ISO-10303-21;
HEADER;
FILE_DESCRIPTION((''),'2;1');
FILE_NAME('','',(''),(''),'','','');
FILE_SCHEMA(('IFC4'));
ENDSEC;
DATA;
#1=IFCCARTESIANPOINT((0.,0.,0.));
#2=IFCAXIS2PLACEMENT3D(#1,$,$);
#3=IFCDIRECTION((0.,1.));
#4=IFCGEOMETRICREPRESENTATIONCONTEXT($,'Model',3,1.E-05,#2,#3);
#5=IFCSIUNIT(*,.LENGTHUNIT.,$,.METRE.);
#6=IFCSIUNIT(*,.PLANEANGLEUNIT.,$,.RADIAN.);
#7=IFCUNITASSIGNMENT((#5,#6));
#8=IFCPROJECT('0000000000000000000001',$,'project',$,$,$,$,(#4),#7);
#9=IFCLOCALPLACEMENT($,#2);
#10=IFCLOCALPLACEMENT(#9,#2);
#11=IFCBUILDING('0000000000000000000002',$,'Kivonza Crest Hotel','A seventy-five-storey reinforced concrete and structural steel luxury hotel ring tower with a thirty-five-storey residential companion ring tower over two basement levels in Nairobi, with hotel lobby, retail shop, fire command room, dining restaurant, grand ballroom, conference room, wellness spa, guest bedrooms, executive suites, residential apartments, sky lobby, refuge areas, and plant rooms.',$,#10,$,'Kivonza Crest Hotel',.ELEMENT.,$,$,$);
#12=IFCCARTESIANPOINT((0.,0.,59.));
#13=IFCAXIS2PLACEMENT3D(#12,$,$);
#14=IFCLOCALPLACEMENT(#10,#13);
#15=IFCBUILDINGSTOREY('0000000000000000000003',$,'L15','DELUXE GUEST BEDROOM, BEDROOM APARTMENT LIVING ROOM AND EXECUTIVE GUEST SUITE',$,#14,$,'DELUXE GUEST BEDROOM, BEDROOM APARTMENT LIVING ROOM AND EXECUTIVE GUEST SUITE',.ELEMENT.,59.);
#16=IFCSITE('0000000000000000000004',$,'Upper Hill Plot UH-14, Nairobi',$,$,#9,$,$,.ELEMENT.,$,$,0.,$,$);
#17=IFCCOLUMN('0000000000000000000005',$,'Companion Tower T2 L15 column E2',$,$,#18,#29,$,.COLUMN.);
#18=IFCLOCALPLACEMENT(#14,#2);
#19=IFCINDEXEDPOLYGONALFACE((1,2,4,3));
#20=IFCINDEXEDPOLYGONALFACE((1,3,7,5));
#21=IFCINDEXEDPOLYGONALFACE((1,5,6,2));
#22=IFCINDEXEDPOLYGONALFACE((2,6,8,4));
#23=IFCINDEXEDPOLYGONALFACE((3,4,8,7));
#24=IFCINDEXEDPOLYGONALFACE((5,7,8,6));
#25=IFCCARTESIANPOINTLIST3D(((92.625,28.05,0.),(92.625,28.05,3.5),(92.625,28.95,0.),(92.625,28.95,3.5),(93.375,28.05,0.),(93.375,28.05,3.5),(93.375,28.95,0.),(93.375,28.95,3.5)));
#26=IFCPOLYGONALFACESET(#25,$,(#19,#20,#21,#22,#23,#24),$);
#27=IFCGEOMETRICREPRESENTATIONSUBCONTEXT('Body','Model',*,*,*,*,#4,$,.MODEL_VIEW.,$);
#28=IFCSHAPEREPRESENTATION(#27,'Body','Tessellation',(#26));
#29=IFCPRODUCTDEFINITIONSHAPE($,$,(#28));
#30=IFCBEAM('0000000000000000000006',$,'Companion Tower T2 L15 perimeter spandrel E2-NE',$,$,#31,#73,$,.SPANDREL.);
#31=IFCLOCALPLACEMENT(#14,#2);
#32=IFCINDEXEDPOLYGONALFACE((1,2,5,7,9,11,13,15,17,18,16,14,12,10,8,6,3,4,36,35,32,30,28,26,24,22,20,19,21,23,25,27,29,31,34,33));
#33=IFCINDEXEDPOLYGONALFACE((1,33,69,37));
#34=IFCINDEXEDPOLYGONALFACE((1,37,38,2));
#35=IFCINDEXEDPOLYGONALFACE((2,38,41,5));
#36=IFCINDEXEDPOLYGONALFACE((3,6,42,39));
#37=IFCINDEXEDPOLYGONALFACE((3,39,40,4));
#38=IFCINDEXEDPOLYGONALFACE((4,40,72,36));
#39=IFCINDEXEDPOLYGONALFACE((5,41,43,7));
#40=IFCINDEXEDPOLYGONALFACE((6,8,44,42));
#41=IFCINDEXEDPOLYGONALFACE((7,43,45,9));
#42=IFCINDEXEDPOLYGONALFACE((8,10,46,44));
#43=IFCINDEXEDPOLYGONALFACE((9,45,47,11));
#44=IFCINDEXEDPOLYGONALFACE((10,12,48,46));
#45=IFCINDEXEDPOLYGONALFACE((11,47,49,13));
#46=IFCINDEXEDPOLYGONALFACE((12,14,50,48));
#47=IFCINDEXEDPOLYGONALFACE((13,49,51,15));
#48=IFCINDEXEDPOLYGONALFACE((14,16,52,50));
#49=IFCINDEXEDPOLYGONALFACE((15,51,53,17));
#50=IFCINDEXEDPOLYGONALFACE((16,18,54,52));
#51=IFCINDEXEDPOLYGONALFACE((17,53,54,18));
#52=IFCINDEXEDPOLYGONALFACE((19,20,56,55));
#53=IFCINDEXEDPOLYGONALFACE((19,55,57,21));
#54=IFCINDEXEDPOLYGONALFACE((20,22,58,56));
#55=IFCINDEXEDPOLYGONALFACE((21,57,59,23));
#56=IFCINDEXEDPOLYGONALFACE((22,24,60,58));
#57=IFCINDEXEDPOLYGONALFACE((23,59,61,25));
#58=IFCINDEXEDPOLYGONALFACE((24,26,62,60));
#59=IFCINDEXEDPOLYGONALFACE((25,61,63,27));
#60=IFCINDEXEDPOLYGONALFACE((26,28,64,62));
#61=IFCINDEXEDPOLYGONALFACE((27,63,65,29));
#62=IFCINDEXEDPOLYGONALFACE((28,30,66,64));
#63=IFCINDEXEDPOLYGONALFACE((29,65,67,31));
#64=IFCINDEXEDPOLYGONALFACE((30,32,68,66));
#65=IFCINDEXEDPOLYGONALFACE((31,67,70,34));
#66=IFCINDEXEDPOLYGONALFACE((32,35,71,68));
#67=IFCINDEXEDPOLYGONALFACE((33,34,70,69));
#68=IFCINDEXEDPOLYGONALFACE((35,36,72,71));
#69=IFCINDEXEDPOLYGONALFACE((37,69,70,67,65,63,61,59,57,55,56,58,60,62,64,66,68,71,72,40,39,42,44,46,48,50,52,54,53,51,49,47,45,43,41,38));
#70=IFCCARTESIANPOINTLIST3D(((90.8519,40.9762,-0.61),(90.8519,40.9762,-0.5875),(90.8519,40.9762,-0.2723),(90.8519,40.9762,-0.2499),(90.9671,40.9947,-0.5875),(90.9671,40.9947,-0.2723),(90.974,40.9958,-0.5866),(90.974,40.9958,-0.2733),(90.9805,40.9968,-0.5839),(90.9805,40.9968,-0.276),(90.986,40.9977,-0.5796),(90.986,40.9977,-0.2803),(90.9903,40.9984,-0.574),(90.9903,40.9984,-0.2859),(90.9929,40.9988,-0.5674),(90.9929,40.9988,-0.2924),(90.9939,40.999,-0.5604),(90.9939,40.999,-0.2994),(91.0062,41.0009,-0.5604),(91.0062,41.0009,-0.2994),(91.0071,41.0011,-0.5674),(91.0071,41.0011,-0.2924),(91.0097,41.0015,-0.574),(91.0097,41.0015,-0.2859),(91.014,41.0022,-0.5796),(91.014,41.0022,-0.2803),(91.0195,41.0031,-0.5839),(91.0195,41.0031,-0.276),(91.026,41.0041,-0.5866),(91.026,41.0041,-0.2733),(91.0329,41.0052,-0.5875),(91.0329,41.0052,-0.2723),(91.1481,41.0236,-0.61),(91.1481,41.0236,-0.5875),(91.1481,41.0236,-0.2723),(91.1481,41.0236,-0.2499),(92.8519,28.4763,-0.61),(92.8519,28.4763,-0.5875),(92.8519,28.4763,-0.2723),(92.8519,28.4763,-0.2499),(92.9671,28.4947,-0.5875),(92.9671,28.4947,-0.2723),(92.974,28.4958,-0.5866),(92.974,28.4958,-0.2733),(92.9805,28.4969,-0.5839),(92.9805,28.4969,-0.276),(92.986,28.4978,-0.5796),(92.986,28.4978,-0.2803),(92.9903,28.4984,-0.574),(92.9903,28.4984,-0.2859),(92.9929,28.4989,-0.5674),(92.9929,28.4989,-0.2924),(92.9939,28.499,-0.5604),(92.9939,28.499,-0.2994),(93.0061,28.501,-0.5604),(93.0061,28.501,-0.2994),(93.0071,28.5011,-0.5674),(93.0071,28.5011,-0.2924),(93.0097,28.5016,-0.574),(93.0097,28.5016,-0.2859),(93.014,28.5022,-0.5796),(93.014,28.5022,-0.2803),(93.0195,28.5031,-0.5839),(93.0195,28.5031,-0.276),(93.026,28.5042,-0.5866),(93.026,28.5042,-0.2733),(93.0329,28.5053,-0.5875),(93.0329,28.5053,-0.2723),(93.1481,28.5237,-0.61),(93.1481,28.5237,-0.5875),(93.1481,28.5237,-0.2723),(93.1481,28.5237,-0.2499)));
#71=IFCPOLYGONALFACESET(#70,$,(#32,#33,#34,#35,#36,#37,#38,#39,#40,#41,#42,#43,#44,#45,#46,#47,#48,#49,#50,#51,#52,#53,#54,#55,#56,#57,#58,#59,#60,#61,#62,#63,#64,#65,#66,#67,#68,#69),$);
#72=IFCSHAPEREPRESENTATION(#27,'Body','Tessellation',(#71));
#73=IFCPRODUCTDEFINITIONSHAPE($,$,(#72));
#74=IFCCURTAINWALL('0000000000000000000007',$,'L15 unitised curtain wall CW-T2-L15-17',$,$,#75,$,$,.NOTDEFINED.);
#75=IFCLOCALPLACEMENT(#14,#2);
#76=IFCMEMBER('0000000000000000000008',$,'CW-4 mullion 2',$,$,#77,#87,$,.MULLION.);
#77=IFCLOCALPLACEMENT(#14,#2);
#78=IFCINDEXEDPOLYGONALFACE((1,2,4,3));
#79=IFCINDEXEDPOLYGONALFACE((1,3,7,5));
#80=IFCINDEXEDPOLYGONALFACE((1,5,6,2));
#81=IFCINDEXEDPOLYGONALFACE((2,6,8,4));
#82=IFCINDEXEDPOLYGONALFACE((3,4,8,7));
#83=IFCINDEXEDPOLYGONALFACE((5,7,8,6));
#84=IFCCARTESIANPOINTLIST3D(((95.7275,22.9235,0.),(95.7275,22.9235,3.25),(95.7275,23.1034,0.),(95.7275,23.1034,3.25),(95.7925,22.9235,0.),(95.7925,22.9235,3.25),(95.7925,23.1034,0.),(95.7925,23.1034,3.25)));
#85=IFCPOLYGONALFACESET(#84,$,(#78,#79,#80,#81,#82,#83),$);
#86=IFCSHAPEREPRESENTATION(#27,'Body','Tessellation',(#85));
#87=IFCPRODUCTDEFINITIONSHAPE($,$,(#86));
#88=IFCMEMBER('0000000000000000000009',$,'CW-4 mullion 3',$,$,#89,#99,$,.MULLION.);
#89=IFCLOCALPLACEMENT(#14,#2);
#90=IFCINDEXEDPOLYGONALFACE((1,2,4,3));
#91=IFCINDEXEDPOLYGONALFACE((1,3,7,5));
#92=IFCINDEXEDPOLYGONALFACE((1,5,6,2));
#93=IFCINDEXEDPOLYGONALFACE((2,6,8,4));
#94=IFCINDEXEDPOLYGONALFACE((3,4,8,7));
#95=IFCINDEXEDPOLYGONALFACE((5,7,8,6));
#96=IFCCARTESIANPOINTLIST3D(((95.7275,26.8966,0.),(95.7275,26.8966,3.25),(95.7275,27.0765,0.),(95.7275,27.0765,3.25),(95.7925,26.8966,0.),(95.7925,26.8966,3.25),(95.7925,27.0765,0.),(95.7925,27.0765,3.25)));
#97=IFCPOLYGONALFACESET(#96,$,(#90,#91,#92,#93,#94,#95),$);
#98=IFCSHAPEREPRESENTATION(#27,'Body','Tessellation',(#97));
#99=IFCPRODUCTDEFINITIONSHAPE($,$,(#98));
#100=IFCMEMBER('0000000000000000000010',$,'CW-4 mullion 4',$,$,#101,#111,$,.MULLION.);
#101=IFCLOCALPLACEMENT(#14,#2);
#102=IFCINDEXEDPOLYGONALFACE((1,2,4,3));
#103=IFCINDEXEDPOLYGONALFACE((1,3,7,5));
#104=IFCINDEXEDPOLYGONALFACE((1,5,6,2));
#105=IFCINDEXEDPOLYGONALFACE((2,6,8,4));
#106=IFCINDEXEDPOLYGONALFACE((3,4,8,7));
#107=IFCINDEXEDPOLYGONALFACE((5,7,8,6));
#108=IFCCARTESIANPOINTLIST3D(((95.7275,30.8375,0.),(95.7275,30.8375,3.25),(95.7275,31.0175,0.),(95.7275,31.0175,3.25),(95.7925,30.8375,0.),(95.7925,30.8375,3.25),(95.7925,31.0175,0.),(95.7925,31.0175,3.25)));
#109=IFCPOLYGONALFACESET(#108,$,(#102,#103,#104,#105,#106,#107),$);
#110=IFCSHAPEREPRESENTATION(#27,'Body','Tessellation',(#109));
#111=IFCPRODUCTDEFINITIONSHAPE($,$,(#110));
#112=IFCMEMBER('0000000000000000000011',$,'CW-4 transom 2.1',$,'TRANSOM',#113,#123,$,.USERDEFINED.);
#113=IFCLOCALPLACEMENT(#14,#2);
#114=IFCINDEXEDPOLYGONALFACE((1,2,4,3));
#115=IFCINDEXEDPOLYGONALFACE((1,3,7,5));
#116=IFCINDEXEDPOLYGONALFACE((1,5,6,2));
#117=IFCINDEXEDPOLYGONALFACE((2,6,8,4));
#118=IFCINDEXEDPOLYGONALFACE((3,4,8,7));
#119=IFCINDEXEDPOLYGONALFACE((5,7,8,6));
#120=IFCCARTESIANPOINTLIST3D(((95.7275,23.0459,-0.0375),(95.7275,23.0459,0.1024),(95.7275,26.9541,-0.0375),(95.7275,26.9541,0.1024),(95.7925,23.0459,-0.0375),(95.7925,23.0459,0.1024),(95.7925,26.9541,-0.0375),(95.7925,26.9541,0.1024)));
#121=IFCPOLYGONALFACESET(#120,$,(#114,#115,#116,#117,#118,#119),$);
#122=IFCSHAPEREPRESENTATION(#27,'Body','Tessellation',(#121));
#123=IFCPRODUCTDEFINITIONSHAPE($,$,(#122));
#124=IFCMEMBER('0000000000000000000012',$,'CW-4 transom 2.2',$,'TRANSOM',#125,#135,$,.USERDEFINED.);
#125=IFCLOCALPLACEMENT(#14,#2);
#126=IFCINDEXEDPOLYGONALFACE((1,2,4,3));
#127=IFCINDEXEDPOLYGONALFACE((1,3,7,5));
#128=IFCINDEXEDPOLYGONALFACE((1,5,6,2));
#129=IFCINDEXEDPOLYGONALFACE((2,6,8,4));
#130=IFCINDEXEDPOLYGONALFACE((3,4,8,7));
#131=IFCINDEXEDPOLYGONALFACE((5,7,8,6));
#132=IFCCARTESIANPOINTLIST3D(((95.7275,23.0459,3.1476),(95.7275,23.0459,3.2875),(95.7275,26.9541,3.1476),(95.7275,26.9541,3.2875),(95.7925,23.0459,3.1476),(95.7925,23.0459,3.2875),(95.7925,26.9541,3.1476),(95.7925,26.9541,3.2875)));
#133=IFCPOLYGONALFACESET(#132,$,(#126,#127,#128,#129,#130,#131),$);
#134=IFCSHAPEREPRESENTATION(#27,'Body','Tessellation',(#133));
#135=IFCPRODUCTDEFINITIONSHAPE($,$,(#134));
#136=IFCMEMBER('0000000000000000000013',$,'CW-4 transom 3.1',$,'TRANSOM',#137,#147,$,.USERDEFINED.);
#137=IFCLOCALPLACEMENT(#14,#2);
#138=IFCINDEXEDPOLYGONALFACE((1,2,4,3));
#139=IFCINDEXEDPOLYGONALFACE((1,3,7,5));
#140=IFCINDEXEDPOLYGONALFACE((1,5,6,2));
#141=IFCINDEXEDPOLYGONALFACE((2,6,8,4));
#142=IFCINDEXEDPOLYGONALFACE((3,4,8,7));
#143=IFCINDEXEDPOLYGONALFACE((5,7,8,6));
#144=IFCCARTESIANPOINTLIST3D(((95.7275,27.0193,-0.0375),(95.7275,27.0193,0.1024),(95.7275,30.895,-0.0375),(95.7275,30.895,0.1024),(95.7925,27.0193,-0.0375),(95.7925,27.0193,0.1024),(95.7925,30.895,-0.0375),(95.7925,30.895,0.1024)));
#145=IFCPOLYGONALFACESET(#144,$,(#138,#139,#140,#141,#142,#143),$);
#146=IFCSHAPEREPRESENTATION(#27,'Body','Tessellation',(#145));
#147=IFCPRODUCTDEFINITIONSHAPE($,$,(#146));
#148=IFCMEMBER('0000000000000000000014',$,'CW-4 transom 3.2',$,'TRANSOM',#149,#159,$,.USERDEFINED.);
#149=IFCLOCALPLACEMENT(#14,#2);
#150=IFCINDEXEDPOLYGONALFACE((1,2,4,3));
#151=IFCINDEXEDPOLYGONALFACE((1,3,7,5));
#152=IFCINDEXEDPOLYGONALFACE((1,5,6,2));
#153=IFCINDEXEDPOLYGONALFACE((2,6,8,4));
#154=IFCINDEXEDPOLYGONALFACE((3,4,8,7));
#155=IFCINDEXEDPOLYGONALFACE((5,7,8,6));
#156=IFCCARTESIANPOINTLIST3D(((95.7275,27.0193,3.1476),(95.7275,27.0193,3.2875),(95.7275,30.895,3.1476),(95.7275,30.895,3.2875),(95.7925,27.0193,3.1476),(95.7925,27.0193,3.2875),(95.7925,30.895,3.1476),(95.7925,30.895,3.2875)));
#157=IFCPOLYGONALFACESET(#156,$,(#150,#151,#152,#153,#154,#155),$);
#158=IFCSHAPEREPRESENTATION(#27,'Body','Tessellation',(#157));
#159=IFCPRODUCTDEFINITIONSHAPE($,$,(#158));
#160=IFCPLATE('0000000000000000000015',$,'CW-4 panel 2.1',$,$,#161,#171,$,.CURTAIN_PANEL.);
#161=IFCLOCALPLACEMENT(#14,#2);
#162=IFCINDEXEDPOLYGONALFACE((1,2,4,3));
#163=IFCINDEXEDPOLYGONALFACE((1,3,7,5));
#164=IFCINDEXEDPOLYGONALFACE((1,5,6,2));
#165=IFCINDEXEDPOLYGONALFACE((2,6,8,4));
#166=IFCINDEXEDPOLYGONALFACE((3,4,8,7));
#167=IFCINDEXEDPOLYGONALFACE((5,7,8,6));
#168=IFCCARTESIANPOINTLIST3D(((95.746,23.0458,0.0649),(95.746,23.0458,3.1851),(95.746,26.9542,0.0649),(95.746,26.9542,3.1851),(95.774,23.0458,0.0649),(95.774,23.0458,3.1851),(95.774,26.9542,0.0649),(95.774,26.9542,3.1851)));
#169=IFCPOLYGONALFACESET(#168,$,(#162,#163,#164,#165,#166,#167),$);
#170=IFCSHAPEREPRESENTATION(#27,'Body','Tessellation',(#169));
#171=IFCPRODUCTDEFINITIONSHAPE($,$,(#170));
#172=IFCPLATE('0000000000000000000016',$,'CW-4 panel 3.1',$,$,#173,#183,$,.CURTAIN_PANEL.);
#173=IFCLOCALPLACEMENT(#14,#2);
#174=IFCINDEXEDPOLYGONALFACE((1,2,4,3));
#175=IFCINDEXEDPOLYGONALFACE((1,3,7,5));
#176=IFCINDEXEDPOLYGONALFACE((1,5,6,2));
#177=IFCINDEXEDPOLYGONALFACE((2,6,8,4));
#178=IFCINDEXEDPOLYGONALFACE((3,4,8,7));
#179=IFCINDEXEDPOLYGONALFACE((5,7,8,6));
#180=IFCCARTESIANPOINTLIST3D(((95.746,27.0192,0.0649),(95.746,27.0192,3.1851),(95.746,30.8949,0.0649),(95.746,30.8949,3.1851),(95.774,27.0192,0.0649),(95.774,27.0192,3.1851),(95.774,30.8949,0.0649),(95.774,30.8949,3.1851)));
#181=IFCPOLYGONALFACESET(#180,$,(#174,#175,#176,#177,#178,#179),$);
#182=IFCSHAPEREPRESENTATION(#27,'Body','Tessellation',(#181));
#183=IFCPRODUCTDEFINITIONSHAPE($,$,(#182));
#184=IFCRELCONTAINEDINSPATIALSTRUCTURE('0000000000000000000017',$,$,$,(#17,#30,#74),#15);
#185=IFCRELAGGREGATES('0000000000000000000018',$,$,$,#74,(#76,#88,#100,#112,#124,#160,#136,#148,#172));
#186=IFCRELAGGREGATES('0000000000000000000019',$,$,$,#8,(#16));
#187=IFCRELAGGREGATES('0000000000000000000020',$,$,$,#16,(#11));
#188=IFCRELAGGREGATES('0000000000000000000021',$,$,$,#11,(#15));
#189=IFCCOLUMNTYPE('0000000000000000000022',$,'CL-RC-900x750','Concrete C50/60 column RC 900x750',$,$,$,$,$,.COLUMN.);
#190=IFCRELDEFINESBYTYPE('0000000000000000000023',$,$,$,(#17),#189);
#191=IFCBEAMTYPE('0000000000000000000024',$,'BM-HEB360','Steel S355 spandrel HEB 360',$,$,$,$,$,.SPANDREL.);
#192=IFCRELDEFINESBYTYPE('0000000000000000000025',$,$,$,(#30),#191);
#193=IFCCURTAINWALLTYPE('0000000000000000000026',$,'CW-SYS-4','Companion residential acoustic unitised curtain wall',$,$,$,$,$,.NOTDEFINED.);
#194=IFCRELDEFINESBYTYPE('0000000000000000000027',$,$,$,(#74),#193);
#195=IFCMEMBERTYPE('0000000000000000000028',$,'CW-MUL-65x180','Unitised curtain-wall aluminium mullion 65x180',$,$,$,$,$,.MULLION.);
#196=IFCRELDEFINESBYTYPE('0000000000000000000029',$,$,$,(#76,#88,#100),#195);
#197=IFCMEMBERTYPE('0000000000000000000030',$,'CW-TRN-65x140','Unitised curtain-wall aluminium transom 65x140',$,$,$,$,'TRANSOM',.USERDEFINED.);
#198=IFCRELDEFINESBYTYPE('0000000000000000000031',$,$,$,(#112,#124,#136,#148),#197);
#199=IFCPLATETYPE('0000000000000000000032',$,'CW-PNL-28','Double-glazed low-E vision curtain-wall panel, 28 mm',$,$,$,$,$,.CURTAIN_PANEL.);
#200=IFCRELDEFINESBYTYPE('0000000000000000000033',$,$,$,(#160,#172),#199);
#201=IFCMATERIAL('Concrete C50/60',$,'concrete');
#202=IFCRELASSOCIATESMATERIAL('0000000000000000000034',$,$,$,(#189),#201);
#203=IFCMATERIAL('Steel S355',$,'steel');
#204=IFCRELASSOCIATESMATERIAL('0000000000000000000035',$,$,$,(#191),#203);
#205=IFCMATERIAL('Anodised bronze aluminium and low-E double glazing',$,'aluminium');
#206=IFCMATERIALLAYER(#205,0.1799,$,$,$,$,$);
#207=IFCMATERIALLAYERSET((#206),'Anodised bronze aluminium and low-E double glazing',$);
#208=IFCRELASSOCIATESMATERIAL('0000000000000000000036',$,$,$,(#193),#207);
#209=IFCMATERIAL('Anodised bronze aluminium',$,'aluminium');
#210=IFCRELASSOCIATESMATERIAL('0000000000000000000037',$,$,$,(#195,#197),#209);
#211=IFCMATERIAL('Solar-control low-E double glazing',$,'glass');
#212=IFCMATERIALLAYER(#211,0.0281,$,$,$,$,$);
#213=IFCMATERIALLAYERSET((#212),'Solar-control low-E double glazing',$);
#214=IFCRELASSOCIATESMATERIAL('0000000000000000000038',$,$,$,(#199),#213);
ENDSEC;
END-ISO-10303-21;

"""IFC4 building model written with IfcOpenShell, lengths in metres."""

from ifc_helpers import new_model, si_unit, direction, frame, origin, origin_2d, place, context, subcontext, project, spatial, rectangle, i_section, extrude, material, layer, layer_set, material_profile, profile_set, type_object, element, aggregate, save


model = new_model("IFC4")

# Units and contexts
model_context = context("Model", 3, precision=1e-05, world=origin(), true_north=direction((0.0, 1.0)))
body_context = subcontext(model_context, "Body", "Model", "MODEL_VIEW")
ifc_project = project(units=[si_unit("LENGTHUNIT", "METRE"), si_unit("PLANEANGLEUNIT", "RADIAN")], contexts=[model_context])

# Site, building, storey
site_placement = place(None, origin())
site = spatial("IfcSite", under=ifc_project, at=site_placement, Name="Upper Hill Plot UH-14, Nairobi", CompositionType="ELEMENT", RefElevation=0.0)
building_placement = place(site_placement, origin())
building = spatial("IfcBuilding", under=site, at=building_placement, Name="Kivonza Crest Hotel", Description="A seventy-five-storey reinforced concrete and structural steel luxury hotel ring tower with a thirty-five-storey residential companion ring tower over two basement levels in Nairobi, with hotel lobby, retail shop, fire command room, dining restaurant, grand ballroom, conference room, wellness spa, guest bedrooms, executive suites, residential apartments, sky lobby, refuge areas, and plant rooms.", LongName="Kivonza Crest Hotel", CompositionType="ELEMENT")
storey_placement = place(building_placement, frame((0.0, 0.0, 59.0)))
storey = spatial("IfcBuildingStorey", under=building, at=storey_placement, Name="L15", Description="DELUXE GUEST BEDROOM, BEDROOM APARTMENT LIVING ROOM AND EXECUTIVE GUEST SUITE", LongName="DELUXE GUEST BEDROOM, BEDROOM APARTMENT LIVING ROOM AND EXECUTIVE GUEST SUITE", CompositionType="ELEMENT", Elevation=59.0)

# Column
ifc_material_1 = material(Name="Concrete C50/60", Category="concrete")
ifc_material_profile_1 = material_profile(ifc_material_1, rectangle(XDim=0.75, YDim=0.8999, at=origin_2d()), Name="RC 900x750")
ifc_profile_set_1 = profile_set([ifc_material_profile_1], Name="Concrete C50/60")
column_type = type_object("IfcColumnType", Name="CL-RC-900x750", Description="Concrete C50/60 column RC 900x750", PredefinedType="COLUMN", material=ifc_profile_set_1)
column_placement = place(storey_placement, frame((93.0, 28.5, 0.0), z_axis=(0.0, 0.0, 1.0), x_axis=(1.0, 0.0, 0.0)))
element("IfcColumn", 1, at=column_placement, inside=storey, type_object=column_type, Name="Companion Tower T2 L15 column E2", PredefinedType="COLUMN", context=body_context, shape_type="SweptSolid", body=[
    extrude(rectangle(XDim=0.75, YDim=0.8999, at=origin_2d()), origin(), (0.0, 0.0, 1.0), 3.5),
])

# Beam
ifc_material_2 = material(Name="Steel S355", Category="steel")
ifc_material_profile_2 = material_profile(ifc_material_2, i_section(OverallWidth=0.3, OverallDepth=0.3601, WebThickness=0.0125, FlangeThickness=0.0225, FilletRadius=0.0271, at=origin_2d()), Name="HEB 360")
ifc_profile_set_2 = profile_set([ifc_material_profile_2], Name="Steel S355")
beam_type = type_object("IfcBeamType", Name="BM-HEB360", Description="Steel S355 spandrel HEB 360", PredefinedType="SPANDREL", material=ifc_profile_set_2)
beam_placement = place(storey_placement, frame((93.0, 28.5, -0.4299), z_axis=(-0.157991, 0.987441, 0.0), x_axis=(-0.987441, -0.157991, 0.0)))
element("IfcBeam", 2, at=beam_placement, inside=storey, type_object=beam_type, Name="Companion Tower T2 L15 perimeter spandrel E2-NE", PredefinedType="SPANDREL", context=body_context, shape_type="SweptSolid", body=[
    extrude(i_section(OverallWidth=0.3, OverallDepth=0.3601, WebThickness=0.0125, FlangeThickness=0.0225, FilletRadius=0.0271, at=origin_2d()), origin(), (0.0, 0.0, 1.0), 12.6589),
])

# Curtain wall, members, plates
ifc_material_3 = material(Name="Anodised bronze aluminium and low-E double glazing", Category="aluminium")
ifc_layer_1 = layer(ifc_material_3, 0.1799)
ifc_layer_set_1 = layer_set([ifc_layer_1], Name="Anodised bronze aluminium and low-E double glazing")
curtain_wall_type = type_object("IfcCurtainWallType", Name="CW-SYS-4", Description="Companion residential acoustic unitised curtain wall", PredefinedType="NOTDEFINED", material=ifc_layer_set_1)
curtain_wall_placement = place(storey_placement, origin())
curtain_wall = element("IfcCurtainWall", 3, at=curtain_wall_placement, inside=storey, type_object=curtain_wall_type, Name="L15 unitised curtain wall CW-T2-L15-17", PredefinedType="NOTDEFINED")
ifc_material_4 = material(Name="Anodised bronze aluminium", Category="aluminium")
ifc_material_profile_3 = material_profile(ifc_material_4, rectangle(XDim=0.0649, YDim=0.1799, at=origin_2d()), Name="CW-M 65x180")
ifc_profile_set_3 = profile_set([ifc_material_profile_3], Name="Anodised bronze aluminium")
member_type_1 = type_object("IfcMemberType", Name="CW-MUL-65x180", Description="Unitised curtain-wall aluminium mullion 65x180", PredefinedType="MULLION", material=ifc_profile_set_3)
member_1_placement = place(storey_placement, frame((95.76, 23.0134, 0.0), z_axis=(0.0, 0.0, 1.0), x_axis=(-1.0, 0.0, 0.0)))
member_1 = element("IfcMember", 4, at=member_1_placement, type_object=member_type_1, Name="CW-4 mullion 2", PredefinedType="MULLION", context=body_context, shape_type="SweptSolid", body=[
    extrude(rectangle(XDim=0.0649, YDim=0.1799, at=origin_2d()), origin(), (0.0, 0.0, 1.0), 3.25),
])
member_2_placement = place(storey_placement, frame((95.76, 26.9866, 0.0), z_axis=(0.0, 0.0, 1.0), x_axis=(-1.0, 0.0, 0.0)))
member_2 = element("IfcMember", 5, at=member_2_placement, type_object=member_type_1, Name="CW-4 mullion 3", PredefinedType="MULLION", context=body_context, shape_type="SweptSolid", body=[
    extrude(rectangle(XDim=0.0649, YDim=0.1799, at=origin_2d()), origin(), (0.0, 0.0, 1.0), 3.25),
])
member_3_placement = place(storey_placement, frame((95.76, 30.9275, 0.0), z_axis=(0.0, 0.0, 1.0), x_axis=(-1.0, 0.0, 0.0)))
member_3 = element("IfcMember", 6, at=member_3_placement, type_object=member_type_1, Name="CW-4 mullion 4", PredefinedType="MULLION", context=body_context, shape_type="SweptSolid", body=[
    extrude(rectangle(XDim=0.0649, YDim=0.1799, at=origin_2d()), origin(), (0.0, 0.0, 1.0), 3.25),
])
ifc_material_profile_4 = material_profile(ifc_material_4, rectangle(XDim=0.0649, YDim=0.1399, at=origin_2d()), Name="CW-T 65x140")
ifc_profile_set_4 = profile_set([ifc_material_profile_4], Name="Anodised bronze aluminium")
member_type_2 = type_object("IfcMemberType", Name="CW-TRN-65x140", Description="Unitised curtain-wall aluminium transom 65x140", ElementType="TRANSOM", PredefinedType="USERDEFINED", material=ifc_profile_set_4)
member_4_placement = place(storey_placement, frame((95.76, 23.0459, 0.0325), z_axis=(0.0, 1.0, 0.0), x_axis=(-1.0, 0.0, 0.0)))
member_4 = element("IfcMember", 7, at=member_4_placement, type_object=member_type_2, Name="CW-4 transom 2.1", ObjectType="TRANSOM", PredefinedType="USERDEFINED", context=body_context, shape_type="SweptSolid", body=[
    extrude(rectangle(XDim=0.0649, YDim=0.1399, at=origin_2d()), origin(), (0.0, 0.0, 1.0), 3.9082),
])
member_5_placement = place(storey_placement, frame((95.76, 23.0459, 3.2175), z_axis=(0.0, 1.0, 0.0), x_axis=(-1.0, 0.0, 0.0)))
member_5 = element("IfcMember", 8, at=member_5_placement, type_object=member_type_2, Name="CW-4 transom 2.2", ObjectType="TRANSOM", PredefinedType="USERDEFINED", context=body_context, shape_type="SweptSolid", body=[
    extrude(rectangle(XDim=0.0649, YDim=0.1399, at=origin_2d()), origin(), (0.0, 0.0, 1.0), 3.9082),
])
member_6_placement = place(storey_placement, frame((95.76, 27.0193, 0.0325), z_axis=(0.0, 1.0, 0.0), x_axis=(-1.0, 0.0, 0.0)))
member_6 = element("IfcMember", 9, at=member_6_placement, type_object=member_type_2, Name="CW-4 transom 3.1", ObjectType="TRANSOM", PredefinedType="USERDEFINED", context=body_context, shape_type="SweptSolid", body=[
    extrude(rectangle(XDim=0.0649, YDim=0.1399, at=origin_2d()), origin(), (0.0, 0.0, 1.0), 3.8757),
])
member_7_placement = place(storey_placement, frame((95.76, 27.0193, 3.2175), z_axis=(0.0, 1.0, 0.0), x_axis=(-1.0, 0.0, 0.0)))
member_7 = element("IfcMember", 10, at=member_7_placement, type_object=member_type_2, Name="CW-4 transom 3.2", ObjectType="TRANSOM", PredefinedType="USERDEFINED", context=body_context, shape_type="SweptSolid", body=[
    extrude(rectangle(XDim=0.0649, YDim=0.1399, at=origin_2d()), origin(), (0.0, 0.0, 1.0), 3.8757),
])
ifc_material_5 = material(Name="Solar-control low-E double glazing", Category="glass")
ifc_layer_2 = layer(ifc_material_5, 0.0281)
ifc_layer_set_2 = layer_set([ifc_layer_2], Name="Solar-control low-E double glazing")
plate_type = type_object("IfcPlateType", Name="CW-PNL-28", Description="Double-glazed low-E vision curtain-wall panel, 28 mm", PredefinedType="CURTAIN_PANEL", material=ifc_layer_set_2)
plate_1_placement = place(storey_placement, frame((95.76, 25.0, 0.0649), z_axis=(0.0, 0.0, 1.0), x_axis=(0.0, 1.0, 0.0)))
plate_1 = element("IfcPlate", 11, at=plate_1_placement, type_object=plate_type, Name="CW-4 panel 2.1", PredefinedType="CURTAIN_PANEL", context=body_context, shape_type="SweptSolid", body=[
    extrude(rectangle(XDim=3.9084, YDim=0.0281, at=origin_2d()), origin(), (0.0, 0.0, 1.0), 3.1201),
])
plate_2_placement = place(storey_placement, frame((95.76, 28.957, 0.0649), z_axis=(0.0, 0.0, 1.0), x_axis=(0.0, 1.0, 0.0)))
plate_2 = element("IfcPlate", 12, at=plate_2_placement, type_object=plate_type, Name="CW-4 panel 3.1", PredefinedType="CURTAIN_PANEL", context=body_context, shape_type="SweptSolid", body=[
    extrude(rectangle(XDim=3.8757, YDim=0.0281, at=origin_2d()), origin(), (0.0, 0.0, 1.0), 3.1201),
])
aggregate(curtain_wall, [member_1, member_2, member_3, member_4, member_5, plate_1, member_6, member_7, plate_2])

save(model, "model.ifc")
